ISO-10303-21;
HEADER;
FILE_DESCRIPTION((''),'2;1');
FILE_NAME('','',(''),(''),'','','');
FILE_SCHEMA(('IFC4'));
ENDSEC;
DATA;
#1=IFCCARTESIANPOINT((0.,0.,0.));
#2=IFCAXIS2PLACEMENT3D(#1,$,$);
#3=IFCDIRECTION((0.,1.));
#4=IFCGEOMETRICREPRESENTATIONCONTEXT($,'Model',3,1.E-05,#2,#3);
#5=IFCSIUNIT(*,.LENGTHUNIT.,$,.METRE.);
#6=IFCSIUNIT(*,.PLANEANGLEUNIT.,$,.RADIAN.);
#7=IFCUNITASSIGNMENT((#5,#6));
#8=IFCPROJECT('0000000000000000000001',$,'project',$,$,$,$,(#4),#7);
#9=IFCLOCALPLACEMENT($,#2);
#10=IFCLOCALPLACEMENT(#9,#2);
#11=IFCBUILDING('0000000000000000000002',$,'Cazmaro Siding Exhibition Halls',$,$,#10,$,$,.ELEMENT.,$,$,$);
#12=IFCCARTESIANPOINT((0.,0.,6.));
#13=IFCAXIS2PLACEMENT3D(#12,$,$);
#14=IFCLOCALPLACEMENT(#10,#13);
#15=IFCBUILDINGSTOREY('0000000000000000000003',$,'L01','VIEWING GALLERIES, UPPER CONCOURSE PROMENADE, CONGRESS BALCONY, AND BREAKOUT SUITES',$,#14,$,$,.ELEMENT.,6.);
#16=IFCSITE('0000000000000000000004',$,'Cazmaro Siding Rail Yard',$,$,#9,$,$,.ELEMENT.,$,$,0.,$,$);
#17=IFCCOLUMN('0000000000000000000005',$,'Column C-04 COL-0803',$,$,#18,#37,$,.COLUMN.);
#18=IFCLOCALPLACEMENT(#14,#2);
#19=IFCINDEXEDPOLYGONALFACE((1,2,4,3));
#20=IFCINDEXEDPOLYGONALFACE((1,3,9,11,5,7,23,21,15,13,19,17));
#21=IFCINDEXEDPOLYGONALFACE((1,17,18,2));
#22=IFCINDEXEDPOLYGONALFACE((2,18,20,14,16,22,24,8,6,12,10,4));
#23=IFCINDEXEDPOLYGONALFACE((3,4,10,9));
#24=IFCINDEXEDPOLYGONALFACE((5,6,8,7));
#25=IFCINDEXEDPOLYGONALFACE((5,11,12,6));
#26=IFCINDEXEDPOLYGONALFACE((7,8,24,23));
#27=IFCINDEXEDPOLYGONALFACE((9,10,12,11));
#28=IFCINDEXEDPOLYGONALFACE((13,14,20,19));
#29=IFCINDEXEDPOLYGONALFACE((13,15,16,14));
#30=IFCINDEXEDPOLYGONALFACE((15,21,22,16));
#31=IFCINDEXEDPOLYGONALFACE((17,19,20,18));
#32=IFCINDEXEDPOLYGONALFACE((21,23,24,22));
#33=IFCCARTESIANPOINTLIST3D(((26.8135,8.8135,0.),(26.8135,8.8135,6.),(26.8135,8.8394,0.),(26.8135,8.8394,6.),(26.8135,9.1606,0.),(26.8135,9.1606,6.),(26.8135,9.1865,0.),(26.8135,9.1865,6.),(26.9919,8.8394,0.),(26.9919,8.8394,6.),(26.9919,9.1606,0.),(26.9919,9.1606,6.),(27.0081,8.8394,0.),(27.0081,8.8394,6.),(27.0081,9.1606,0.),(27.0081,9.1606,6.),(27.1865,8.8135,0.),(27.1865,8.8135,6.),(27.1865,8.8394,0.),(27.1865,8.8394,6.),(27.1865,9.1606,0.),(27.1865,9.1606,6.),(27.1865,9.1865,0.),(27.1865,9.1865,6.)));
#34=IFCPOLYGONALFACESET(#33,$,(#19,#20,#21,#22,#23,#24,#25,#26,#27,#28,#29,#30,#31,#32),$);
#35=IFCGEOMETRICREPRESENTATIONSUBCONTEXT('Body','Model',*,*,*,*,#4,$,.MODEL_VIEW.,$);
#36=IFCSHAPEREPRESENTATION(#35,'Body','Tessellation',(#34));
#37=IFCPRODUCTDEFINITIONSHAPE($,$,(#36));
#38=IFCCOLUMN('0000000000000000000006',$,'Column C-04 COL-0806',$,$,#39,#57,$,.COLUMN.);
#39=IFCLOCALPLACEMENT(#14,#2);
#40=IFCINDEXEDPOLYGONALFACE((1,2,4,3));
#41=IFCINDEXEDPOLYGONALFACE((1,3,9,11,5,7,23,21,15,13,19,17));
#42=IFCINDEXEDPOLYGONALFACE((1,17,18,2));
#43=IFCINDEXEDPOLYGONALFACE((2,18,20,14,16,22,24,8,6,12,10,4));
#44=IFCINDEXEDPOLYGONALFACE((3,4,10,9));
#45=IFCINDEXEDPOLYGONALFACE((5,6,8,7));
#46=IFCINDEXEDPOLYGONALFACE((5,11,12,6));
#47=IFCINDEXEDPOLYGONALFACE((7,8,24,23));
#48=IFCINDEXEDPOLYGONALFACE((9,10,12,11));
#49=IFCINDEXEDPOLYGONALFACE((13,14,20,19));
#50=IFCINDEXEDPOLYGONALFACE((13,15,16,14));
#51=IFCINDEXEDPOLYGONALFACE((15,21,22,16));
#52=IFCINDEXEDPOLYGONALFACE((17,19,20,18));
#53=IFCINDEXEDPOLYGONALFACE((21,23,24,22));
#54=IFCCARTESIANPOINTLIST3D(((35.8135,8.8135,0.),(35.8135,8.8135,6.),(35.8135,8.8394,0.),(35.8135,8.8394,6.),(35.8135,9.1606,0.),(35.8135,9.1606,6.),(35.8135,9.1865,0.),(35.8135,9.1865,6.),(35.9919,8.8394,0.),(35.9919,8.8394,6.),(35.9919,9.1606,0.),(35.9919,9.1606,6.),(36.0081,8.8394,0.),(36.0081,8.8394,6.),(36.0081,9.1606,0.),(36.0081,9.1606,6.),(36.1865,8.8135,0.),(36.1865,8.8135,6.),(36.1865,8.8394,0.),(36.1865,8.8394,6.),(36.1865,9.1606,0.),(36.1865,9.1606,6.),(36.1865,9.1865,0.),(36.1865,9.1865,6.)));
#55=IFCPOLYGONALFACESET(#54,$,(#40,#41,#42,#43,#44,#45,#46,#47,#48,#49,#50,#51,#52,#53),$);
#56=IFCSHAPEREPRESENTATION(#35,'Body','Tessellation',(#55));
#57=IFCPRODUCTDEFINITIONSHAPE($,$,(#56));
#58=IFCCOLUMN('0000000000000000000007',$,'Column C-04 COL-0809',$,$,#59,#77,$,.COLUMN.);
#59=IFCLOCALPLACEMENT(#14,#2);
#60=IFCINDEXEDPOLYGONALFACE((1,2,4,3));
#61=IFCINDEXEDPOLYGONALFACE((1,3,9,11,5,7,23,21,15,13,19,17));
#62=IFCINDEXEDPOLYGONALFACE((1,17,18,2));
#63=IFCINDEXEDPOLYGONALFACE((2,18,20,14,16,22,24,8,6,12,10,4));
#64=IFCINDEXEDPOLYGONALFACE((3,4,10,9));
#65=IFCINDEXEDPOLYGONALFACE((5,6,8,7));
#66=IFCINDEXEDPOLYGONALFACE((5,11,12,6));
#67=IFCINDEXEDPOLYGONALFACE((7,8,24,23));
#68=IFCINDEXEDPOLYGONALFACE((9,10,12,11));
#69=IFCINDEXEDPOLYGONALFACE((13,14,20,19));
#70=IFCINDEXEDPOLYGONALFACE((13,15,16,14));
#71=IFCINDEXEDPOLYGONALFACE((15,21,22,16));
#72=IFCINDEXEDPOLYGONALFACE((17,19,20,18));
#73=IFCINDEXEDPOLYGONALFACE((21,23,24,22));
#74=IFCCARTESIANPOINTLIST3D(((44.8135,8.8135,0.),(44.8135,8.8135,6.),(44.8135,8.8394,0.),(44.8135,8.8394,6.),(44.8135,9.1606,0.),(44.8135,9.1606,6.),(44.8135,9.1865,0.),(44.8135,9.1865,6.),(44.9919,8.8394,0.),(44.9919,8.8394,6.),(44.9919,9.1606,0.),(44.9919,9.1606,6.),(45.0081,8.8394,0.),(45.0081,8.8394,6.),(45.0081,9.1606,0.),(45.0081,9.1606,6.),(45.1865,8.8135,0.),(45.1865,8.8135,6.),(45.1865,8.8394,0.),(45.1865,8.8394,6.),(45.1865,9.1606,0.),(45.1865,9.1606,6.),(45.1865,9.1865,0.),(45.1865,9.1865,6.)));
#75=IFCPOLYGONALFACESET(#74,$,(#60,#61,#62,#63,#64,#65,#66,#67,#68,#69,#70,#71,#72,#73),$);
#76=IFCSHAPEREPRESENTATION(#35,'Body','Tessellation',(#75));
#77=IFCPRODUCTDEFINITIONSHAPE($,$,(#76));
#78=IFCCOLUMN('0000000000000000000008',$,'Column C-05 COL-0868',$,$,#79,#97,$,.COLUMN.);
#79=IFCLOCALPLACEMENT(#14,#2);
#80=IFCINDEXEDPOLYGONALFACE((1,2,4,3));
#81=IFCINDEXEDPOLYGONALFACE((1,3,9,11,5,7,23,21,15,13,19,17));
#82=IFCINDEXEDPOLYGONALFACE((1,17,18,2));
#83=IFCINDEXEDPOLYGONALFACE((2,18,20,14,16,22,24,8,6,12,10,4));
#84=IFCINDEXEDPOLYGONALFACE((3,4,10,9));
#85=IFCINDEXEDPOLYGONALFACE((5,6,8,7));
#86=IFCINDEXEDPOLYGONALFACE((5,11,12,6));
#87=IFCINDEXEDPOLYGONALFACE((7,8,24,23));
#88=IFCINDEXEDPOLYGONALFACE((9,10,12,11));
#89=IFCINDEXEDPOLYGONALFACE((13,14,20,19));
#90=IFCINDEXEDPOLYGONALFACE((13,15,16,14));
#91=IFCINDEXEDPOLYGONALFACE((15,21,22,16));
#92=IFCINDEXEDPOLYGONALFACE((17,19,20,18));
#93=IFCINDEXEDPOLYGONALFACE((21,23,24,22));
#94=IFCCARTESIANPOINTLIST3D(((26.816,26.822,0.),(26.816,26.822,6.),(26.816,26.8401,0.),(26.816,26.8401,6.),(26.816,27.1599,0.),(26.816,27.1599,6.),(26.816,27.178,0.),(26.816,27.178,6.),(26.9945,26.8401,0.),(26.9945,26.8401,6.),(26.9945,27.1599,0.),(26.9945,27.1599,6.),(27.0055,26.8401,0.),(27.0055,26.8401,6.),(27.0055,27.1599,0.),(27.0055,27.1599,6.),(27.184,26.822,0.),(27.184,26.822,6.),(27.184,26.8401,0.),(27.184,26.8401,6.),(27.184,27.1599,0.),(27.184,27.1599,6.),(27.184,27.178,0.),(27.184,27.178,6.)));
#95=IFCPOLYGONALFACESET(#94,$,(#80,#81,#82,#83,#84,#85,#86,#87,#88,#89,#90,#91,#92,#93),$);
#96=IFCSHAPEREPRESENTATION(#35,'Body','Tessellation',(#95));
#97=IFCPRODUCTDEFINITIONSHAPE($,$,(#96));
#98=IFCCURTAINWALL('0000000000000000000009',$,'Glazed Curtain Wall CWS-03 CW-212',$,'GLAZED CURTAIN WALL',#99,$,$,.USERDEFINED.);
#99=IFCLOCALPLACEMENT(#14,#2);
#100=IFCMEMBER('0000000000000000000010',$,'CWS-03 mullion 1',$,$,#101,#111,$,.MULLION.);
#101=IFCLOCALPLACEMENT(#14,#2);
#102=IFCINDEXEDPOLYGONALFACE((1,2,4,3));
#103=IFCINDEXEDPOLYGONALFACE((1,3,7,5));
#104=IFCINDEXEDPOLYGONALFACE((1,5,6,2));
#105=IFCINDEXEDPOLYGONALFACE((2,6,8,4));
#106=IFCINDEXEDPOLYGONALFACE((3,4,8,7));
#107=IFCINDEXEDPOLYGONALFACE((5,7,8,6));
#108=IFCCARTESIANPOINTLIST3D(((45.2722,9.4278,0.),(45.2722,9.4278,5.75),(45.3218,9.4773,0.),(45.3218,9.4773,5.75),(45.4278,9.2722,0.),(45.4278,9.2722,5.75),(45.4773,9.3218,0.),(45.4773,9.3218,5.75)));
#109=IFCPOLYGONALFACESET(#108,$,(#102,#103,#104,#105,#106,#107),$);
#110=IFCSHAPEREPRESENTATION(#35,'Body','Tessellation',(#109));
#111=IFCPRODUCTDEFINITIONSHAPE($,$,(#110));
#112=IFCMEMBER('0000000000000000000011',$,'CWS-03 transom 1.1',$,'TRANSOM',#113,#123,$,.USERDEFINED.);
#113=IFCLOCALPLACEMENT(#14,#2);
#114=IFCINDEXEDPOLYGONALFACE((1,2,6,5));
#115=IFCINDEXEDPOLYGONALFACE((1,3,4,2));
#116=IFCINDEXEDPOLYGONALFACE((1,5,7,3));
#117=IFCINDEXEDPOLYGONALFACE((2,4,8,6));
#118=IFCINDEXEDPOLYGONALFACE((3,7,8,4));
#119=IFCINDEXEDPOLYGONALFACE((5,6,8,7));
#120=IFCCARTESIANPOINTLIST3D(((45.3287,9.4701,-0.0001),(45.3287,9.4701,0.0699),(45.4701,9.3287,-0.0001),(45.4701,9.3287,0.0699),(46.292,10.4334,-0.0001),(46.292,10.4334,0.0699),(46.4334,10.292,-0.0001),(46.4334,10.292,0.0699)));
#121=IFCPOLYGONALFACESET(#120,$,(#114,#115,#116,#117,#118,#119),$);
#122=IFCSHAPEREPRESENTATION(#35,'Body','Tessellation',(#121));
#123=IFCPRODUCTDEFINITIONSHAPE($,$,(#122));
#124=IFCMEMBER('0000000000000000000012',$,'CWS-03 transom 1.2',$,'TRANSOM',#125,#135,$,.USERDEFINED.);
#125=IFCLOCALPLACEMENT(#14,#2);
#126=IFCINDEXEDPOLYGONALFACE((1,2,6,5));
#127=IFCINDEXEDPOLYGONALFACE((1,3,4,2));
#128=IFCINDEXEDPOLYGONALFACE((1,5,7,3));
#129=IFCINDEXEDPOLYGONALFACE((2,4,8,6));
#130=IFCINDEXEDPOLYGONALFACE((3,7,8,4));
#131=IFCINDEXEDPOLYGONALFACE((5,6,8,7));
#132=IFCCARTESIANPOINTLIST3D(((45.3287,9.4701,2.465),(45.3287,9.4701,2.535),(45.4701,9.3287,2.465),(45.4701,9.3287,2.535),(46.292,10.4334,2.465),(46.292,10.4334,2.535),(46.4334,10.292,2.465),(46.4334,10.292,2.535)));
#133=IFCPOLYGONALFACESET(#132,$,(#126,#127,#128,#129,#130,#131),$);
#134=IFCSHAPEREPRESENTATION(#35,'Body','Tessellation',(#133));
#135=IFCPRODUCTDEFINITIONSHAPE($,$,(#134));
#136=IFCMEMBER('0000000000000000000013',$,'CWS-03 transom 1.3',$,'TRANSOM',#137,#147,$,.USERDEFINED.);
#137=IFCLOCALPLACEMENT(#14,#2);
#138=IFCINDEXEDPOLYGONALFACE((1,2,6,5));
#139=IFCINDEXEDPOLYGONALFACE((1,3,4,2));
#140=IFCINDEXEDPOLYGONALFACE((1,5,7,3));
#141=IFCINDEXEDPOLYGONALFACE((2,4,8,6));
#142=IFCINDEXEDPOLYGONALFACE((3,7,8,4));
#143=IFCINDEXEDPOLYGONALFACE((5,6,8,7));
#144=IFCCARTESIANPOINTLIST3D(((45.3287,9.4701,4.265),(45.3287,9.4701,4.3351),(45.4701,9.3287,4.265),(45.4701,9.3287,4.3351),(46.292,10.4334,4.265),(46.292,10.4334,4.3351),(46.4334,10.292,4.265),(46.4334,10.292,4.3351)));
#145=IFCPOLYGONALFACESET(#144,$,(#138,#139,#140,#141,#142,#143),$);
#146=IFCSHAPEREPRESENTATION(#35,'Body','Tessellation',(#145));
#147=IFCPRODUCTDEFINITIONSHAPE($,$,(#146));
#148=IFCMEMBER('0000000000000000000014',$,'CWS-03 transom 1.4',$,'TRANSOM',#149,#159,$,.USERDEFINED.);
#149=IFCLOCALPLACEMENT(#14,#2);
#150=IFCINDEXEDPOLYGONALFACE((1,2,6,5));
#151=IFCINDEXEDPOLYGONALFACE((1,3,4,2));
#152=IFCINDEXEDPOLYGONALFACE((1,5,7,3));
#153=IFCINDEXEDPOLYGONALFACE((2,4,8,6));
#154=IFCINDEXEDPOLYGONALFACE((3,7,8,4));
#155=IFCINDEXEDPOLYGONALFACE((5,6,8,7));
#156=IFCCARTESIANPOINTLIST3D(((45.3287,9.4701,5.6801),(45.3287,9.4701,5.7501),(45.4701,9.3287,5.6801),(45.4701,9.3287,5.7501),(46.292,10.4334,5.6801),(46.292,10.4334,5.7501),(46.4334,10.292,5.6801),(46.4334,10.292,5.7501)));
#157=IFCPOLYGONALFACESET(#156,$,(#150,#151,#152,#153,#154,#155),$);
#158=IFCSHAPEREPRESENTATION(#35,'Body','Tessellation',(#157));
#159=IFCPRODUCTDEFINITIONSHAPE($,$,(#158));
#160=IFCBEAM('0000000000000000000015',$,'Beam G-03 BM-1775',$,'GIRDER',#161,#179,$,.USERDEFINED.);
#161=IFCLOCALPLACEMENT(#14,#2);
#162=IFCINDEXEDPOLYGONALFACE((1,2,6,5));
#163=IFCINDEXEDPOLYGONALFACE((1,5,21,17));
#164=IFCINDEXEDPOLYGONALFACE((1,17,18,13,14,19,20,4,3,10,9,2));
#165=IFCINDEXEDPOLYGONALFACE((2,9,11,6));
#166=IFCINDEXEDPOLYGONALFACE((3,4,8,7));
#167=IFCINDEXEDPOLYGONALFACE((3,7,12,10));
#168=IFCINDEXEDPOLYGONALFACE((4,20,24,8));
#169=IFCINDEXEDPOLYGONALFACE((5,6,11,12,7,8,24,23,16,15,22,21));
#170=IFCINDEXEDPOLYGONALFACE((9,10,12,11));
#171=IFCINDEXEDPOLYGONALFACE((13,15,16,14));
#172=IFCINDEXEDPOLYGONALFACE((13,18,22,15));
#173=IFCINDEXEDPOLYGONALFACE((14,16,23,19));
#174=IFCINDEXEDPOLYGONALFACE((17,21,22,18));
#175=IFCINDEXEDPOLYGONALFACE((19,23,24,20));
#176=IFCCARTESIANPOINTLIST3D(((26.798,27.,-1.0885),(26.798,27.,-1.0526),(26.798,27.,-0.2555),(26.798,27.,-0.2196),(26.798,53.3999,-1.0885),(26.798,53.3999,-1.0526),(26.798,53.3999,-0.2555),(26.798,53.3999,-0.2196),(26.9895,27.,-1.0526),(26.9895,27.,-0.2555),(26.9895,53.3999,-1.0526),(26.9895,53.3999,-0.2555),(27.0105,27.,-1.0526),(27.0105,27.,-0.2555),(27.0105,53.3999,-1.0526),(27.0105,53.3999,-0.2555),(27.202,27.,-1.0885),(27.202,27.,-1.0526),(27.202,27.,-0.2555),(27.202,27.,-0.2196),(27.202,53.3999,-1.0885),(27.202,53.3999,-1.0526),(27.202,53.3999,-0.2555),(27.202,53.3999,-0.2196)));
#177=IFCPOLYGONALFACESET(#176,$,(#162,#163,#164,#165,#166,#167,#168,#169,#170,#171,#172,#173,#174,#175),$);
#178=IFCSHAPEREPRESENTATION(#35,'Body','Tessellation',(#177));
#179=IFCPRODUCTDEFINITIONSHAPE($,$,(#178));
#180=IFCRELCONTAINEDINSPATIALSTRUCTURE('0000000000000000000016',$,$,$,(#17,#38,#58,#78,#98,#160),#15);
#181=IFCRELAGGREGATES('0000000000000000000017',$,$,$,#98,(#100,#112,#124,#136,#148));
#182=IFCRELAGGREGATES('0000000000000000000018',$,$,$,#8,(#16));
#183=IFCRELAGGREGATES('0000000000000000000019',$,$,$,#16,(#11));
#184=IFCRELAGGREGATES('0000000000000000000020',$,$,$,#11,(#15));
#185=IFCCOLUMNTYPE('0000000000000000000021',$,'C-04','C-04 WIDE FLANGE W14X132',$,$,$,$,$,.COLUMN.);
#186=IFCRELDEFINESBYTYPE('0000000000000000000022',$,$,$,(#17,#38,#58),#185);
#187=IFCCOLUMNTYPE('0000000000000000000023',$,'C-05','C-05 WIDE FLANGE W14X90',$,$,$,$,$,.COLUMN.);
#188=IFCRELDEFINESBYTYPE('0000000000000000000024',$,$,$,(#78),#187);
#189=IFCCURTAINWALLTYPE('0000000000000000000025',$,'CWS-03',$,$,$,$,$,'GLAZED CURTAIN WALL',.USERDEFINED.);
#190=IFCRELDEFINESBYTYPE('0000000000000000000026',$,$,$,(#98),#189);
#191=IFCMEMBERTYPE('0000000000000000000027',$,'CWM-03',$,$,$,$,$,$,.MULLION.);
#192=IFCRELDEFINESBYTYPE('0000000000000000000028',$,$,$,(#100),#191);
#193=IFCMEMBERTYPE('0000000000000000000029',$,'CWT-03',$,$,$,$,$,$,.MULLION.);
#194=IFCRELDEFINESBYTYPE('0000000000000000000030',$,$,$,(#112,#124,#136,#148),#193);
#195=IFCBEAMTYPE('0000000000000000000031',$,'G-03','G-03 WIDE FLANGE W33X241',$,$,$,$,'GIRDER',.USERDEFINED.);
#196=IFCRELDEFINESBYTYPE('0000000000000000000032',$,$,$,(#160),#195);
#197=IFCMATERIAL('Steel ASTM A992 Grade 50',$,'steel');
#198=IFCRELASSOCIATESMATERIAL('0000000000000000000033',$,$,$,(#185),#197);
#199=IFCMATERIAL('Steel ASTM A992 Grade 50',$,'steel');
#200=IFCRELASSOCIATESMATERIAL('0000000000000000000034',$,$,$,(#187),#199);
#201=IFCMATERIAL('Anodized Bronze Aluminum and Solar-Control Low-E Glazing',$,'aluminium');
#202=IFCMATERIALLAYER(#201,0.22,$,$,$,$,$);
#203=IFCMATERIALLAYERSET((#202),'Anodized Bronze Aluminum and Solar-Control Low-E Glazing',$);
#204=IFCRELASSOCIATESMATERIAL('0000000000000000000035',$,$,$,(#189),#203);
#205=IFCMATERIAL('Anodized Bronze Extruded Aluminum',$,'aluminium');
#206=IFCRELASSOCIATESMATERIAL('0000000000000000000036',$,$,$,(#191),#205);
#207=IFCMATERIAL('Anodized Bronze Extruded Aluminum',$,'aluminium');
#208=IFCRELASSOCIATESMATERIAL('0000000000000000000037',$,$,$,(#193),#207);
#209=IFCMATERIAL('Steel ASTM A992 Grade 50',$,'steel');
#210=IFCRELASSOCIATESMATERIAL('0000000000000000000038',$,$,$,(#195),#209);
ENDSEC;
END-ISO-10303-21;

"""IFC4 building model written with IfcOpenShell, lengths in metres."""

from ifc_helpers import new_model, si_unit, direction, frame, origin, origin_2d, place, context, subcontext, project, spatial, rectangle, i_section, extrude, material, layer, layer_set, material_profile, profile_set, type_object, element, aggregate, save


model = new_model("IFC4")

# Units and contexts
model_context = context("Model", 3, precision=1e-05, world=origin(), true_north=direction((0.0, 1.0)))
body_context = subcontext(model_context, "Body", "Model", "MODEL_VIEW")
ifc_project = project(units=[si_unit("LENGTHUNIT", "METRE"), si_unit("PLANEANGLEUNIT", "RADIAN")], contexts=[model_context])

# Site, building, storey
site_placement = place(None, origin())
site = spatial("IfcSite", under=ifc_project, at=site_placement, Name="Cazmaro Siding Rail Yard", CompositionType="ELEMENT", RefElevation=0.0)
building_placement = place(site_placement, origin())
building = spatial("IfcBuilding", under=site, at=building_placement, Name="Cazmaro Siding Exhibition Halls", CompositionType="ELEMENT")
storey_placement = place(building_placement, frame((0.0, 0.0, 6.0)))
storey = spatial("IfcBuildingStorey", under=building, at=storey_placement, Name="L01", Description="VIEWING GALLERIES, UPPER CONCOURSE PROMENADE, CONGRESS BALCONY, AND BREAKOUT SUITES", CompositionType="ELEMENT", Elevation=6.0)

# Columns
ifc_material_1 = material(Name="Steel ASTM A992 Grade 50", Category="steel")
ifc_material_profile_1 = material_profile(ifc_material_1, i_section(OverallWidth=0.373, OverallDepth=0.373, WebThickness=0.0161, FlangeThickness=0.0259, at=origin_2d()), Name="W14X132")
ifc_profile_set_1 = profile_set([ifc_material_profile_1], Name="Steel ASTM A992 Grade 50")
column_type_1 = type_object("IfcColumnType", Name="C-04", Description="C-04 WIDE FLANGE W14X132", PredefinedType="COLUMN", material=ifc_profile_set_1)
for number, where, z_axis, x_axis, name in (
    (1, (27.0, 9.0, 0.0), (0.0, 0.0, 1.0), (1.0, 0.0, 0.0), "Column C-04 COL-0803"),
    (2, (36.0, 9.0, 0.0), (0.0, 0.0, 1.0), (1.0, 0.0, 0.0), "Column C-04 COL-0806"),
    (3, (45.0, 9.0, 0.0), (0.0, 0.0, 1.0), (1.0, 0.0, 0.0), "Column C-04 COL-0809"),
):
    element("IfcColumn", number, at=place(storey_placement, frame(where, z_axis=z_axis, x_axis=x_axis)), inside=storey, type_object=column_type_1, Name=name, PredefinedType="COLUMN", context=body_context, shape_type="SweptSolid", body=[
        extrude(i_section(OverallWidth=0.373, OverallDepth=0.373, WebThickness=0.0161, FlangeThickness=0.0259, at=origin_2d()), origin(), (0.0, 0.0, 1.0), 6.0),
    ])
ifc_material_2 = material(Name="Steel ASTM A992 Grade 50", Category="steel")
ifc_material_profile_2 = material_profile(ifc_material_2, i_section(OverallWidth=0.3679, OverallDepth=0.356, WebThickness=0.011, FlangeThickness=0.0181, at=origin_2d()), Name="W14X90")
ifc_profile_set_2 = profile_set([ifc_material_profile_2], Name="Steel ASTM A992 Grade 50")
column_type_2 = type_object("IfcColumnType", Name="C-05", Description="C-05 WIDE FLANGE W14X90", PredefinedType="COLUMN", material=ifc_profile_set_2)
column_placement = place(storey_placement, frame((27.0, 27.0, 0.0), z_axis=(0.0, 0.0, 1.0), x_axis=(1.0, 0.0, 0.0)))
element("IfcColumn", 4, at=column_placement, inside=storey, type_object=column_type_2, Name="Column C-05 COL-0868", PredefinedType="COLUMN", context=body_context, shape_type="SweptSolid", body=[
    extrude(i_section(OverallWidth=0.3679, OverallDepth=0.356, WebThickness=0.011, FlangeThickness=0.0181, at=origin_2d()), origin(), (0.0, 0.0, 1.0), 6.0),
])

# Curtain wall, members
ifc_material_3 = material(Name="Anodized Bronze Aluminum and Solar-Control Low-E Glazing", Category="aluminium")
ifc_layer_1 = layer(ifc_material_3, 0.22)
ifc_layer_set_1 = layer_set([ifc_layer_1], Name="Anodized Bronze Aluminum and Solar-Control Low-E Glazing")
curtain_wall_type = type_object("IfcCurtainWallType", Name="CWS-03", ElementType="GLAZED CURTAIN WALL", PredefinedType="USERDEFINED", material=ifc_layer_set_1)
curtain_wall_placement = place(storey_placement, origin())
curtain_wall = element("IfcCurtainWall", 5, at=curtain_wall_placement, inside=storey, type_object=curtain_wall_type, Name="Glazed Curtain Wall CWS-03 CW-212", ObjectType="GLAZED CURTAIN WALL", PredefinedType="USERDEFINED")
ifc_material_4 = material(Name="Anodized Bronze Extruded Aluminum", Category="aluminium")
ifc_material_profile_3 = material_profile(ifc_material_4, rectangle(XDim=0.22, YDim=0.0701, at=origin_2d()), Name="CWM-03")
ifc_profile_set_3 = profile_set([ifc_material_profile_3], Name="Anodized Bronze Extruded Aluminum")
member_type_1 = type_object("IfcMemberType", Name="CWM-03", PredefinedType="MULLION", material=ifc_profile_set_3)
member_1_placement = place(storey_placement, frame((45.3748, 9.3748, 0.0), z_axis=(0.0, 0.0, 1.0), x_axis=(-0.707107, 0.707107, 0.0)))
member_1 = element("IfcMember", 6, at=member_1_placement, type_object=member_type_1, Name="CWS-03 mullion 1", PredefinedType="MULLION", context=body_context, shape_type="SweptSolid", body=[
    extrude(rectangle(XDim=0.22, YDim=0.0701, at=origin_2d()), origin(), (0.0, 0.0, 1.0), 5.75),
])
ifc_material_5 = material(Name="Anodized Bronze Extruded Aluminum", Category="aluminium")
ifc_material_profile_4 = material_profile(ifc_material_5, rectangle(XDim=0.2, YDim=0.0701, at=origin_2d()), Name="CWT-03")
ifc_profile_set_4 = profile_set([ifc_material_profile_4], Name="Anodized Bronze Extruded Aluminum")
member_type_2 = type_object("IfcMemberType", Name="CWT-03", PredefinedType="MULLION", material=ifc_profile_set_4)
member_2_placement = place(storey_placement, frame((45.3994, 9.3994, 0.0349), z_axis=(0.707107, 0.707107, 0.0), x_axis=(-0.707107, 0.707107, 0.0)))
member_2 = element("IfcMember", 7, at=member_2_placement, type_object=member_type_2, Name="CWS-03 transom 1.1", ObjectType="TRANSOM", PredefinedType="USERDEFINED", context=body_context, shape_type="SweptSolid", body=[
    extrude(rectangle(XDim=0.2, YDim=0.0701, at=origin_2d()), origin(), (0.0, 0.0, 1.0), 1.3623),
])
member_3_placement = place(storey_placement, frame((45.3994, 9.3994, 2.5), z_axis=(0.707107, 0.707107, 0.0), x_axis=(-0.707107, 0.707107, 0.0)))
member_3 = element("IfcMember", 8, at=member_3_placement, type_object=member_type_2, Name="CWS-03 transom 1.2", ObjectType="TRANSOM", PredefinedType="USERDEFINED", context=body_context, shape_type="SweptSolid", body=[
    extrude(rectangle(XDim=0.2, YDim=0.0701, at=origin_2d()), origin(), (0.0, 0.0, 1.0), 1.3623),
])
member_4_placement = place(storey_placement, frame((45.3994, 9.3994, 4.3), z_axis=(0.707107, 0.707107, 0.0), x_axis=(-0.707107, 0.707107, 0.0)))
member_4 = element("IfcMember", 9, at=member_4_placement, type_object=member_type_2, Name="CWS-03 transom 1.3", ObjectType="TRANSOM", PredefinedType="USERDEFINED", context=body_context, shape_type="SweptSolid", body=[
    extrude(rectangle(XDim=0.2, YDim=0.0701, at=origin_2d()), origin(), (0.0, 0.0, 1.0), 1.3623),
])
member_5_placement = place(storey_placement, frame((45.3994, 9.3994, 5.7151), z_axis=(0.707107, 0.707107, 0.0), x_axis=(-0.707107, 0.707107, 0.0)))
member_5 = element("IfcMember", 10, at=member_5_placement, type_object=member_type_2, Name="CWS-03 transom 1.4", ObjectType="TRANSOM", PredefinedType="USERDEFINED", context=body_context, shape_type="SweptSolid", body=[
    extrude(rectangle(XDim=0.2, YDim=0.0701, at=origin_2d()), origin(), (0.0, 0.0, 1.0), 1.3623),
])

# Beam
ifc_material_6 = material(Name="Steel ASTM A992 Grade 50", Category="steel")
ifc_material_profile_5 = material_profile(ifc_material_6, i_section(OverallWidth=0.4041, OverallDepth=0.8689, WebThickness=0.021, FlangeThickness=0.0359, at=origin_2d()), Name="W33X241")
ifc_profile_set_5 = profile_set([ifc_material_profile_5], Name="Steel ASTM A992 Grade 50")
beam_type_1 = type_object("IfcBeamType", Name="G-03", Description="G-03 WIDE FLANGE W33X241", ElementType="GIRDER", PredefinedType="USERDEFINED", material=ifc_profile_set_5)
beam_1_placement = place(storey_placement, frame((27.0, 27.0, -0.6541), z_axis=(0.0, 1.0, 0.0), x_axis=(-1.0, 0.0, 0.0)))
element("IfcBeam", 11, at=beam_1_placement, inside=storey, type_object=beam_type_1, Name="Beam G-03 BM-1775", ObjectType="GIRDER", PredefinedType="USERDEFINED", context=body_context, shape_type="SweptSolid", body=[
    extrude(i_section(OverallWidth=0.4041, OverallDepth=0.8689, WebThickness=0.021, FlangeThickness=0.0359, at=origin_2d()), origin(), (0.0, 0.0, 1.0), 26.3999),
])

aggregate(curtain_wall, [member_1, member_2, member_3, member_4, member_5])

save(model, "model.ifc")
